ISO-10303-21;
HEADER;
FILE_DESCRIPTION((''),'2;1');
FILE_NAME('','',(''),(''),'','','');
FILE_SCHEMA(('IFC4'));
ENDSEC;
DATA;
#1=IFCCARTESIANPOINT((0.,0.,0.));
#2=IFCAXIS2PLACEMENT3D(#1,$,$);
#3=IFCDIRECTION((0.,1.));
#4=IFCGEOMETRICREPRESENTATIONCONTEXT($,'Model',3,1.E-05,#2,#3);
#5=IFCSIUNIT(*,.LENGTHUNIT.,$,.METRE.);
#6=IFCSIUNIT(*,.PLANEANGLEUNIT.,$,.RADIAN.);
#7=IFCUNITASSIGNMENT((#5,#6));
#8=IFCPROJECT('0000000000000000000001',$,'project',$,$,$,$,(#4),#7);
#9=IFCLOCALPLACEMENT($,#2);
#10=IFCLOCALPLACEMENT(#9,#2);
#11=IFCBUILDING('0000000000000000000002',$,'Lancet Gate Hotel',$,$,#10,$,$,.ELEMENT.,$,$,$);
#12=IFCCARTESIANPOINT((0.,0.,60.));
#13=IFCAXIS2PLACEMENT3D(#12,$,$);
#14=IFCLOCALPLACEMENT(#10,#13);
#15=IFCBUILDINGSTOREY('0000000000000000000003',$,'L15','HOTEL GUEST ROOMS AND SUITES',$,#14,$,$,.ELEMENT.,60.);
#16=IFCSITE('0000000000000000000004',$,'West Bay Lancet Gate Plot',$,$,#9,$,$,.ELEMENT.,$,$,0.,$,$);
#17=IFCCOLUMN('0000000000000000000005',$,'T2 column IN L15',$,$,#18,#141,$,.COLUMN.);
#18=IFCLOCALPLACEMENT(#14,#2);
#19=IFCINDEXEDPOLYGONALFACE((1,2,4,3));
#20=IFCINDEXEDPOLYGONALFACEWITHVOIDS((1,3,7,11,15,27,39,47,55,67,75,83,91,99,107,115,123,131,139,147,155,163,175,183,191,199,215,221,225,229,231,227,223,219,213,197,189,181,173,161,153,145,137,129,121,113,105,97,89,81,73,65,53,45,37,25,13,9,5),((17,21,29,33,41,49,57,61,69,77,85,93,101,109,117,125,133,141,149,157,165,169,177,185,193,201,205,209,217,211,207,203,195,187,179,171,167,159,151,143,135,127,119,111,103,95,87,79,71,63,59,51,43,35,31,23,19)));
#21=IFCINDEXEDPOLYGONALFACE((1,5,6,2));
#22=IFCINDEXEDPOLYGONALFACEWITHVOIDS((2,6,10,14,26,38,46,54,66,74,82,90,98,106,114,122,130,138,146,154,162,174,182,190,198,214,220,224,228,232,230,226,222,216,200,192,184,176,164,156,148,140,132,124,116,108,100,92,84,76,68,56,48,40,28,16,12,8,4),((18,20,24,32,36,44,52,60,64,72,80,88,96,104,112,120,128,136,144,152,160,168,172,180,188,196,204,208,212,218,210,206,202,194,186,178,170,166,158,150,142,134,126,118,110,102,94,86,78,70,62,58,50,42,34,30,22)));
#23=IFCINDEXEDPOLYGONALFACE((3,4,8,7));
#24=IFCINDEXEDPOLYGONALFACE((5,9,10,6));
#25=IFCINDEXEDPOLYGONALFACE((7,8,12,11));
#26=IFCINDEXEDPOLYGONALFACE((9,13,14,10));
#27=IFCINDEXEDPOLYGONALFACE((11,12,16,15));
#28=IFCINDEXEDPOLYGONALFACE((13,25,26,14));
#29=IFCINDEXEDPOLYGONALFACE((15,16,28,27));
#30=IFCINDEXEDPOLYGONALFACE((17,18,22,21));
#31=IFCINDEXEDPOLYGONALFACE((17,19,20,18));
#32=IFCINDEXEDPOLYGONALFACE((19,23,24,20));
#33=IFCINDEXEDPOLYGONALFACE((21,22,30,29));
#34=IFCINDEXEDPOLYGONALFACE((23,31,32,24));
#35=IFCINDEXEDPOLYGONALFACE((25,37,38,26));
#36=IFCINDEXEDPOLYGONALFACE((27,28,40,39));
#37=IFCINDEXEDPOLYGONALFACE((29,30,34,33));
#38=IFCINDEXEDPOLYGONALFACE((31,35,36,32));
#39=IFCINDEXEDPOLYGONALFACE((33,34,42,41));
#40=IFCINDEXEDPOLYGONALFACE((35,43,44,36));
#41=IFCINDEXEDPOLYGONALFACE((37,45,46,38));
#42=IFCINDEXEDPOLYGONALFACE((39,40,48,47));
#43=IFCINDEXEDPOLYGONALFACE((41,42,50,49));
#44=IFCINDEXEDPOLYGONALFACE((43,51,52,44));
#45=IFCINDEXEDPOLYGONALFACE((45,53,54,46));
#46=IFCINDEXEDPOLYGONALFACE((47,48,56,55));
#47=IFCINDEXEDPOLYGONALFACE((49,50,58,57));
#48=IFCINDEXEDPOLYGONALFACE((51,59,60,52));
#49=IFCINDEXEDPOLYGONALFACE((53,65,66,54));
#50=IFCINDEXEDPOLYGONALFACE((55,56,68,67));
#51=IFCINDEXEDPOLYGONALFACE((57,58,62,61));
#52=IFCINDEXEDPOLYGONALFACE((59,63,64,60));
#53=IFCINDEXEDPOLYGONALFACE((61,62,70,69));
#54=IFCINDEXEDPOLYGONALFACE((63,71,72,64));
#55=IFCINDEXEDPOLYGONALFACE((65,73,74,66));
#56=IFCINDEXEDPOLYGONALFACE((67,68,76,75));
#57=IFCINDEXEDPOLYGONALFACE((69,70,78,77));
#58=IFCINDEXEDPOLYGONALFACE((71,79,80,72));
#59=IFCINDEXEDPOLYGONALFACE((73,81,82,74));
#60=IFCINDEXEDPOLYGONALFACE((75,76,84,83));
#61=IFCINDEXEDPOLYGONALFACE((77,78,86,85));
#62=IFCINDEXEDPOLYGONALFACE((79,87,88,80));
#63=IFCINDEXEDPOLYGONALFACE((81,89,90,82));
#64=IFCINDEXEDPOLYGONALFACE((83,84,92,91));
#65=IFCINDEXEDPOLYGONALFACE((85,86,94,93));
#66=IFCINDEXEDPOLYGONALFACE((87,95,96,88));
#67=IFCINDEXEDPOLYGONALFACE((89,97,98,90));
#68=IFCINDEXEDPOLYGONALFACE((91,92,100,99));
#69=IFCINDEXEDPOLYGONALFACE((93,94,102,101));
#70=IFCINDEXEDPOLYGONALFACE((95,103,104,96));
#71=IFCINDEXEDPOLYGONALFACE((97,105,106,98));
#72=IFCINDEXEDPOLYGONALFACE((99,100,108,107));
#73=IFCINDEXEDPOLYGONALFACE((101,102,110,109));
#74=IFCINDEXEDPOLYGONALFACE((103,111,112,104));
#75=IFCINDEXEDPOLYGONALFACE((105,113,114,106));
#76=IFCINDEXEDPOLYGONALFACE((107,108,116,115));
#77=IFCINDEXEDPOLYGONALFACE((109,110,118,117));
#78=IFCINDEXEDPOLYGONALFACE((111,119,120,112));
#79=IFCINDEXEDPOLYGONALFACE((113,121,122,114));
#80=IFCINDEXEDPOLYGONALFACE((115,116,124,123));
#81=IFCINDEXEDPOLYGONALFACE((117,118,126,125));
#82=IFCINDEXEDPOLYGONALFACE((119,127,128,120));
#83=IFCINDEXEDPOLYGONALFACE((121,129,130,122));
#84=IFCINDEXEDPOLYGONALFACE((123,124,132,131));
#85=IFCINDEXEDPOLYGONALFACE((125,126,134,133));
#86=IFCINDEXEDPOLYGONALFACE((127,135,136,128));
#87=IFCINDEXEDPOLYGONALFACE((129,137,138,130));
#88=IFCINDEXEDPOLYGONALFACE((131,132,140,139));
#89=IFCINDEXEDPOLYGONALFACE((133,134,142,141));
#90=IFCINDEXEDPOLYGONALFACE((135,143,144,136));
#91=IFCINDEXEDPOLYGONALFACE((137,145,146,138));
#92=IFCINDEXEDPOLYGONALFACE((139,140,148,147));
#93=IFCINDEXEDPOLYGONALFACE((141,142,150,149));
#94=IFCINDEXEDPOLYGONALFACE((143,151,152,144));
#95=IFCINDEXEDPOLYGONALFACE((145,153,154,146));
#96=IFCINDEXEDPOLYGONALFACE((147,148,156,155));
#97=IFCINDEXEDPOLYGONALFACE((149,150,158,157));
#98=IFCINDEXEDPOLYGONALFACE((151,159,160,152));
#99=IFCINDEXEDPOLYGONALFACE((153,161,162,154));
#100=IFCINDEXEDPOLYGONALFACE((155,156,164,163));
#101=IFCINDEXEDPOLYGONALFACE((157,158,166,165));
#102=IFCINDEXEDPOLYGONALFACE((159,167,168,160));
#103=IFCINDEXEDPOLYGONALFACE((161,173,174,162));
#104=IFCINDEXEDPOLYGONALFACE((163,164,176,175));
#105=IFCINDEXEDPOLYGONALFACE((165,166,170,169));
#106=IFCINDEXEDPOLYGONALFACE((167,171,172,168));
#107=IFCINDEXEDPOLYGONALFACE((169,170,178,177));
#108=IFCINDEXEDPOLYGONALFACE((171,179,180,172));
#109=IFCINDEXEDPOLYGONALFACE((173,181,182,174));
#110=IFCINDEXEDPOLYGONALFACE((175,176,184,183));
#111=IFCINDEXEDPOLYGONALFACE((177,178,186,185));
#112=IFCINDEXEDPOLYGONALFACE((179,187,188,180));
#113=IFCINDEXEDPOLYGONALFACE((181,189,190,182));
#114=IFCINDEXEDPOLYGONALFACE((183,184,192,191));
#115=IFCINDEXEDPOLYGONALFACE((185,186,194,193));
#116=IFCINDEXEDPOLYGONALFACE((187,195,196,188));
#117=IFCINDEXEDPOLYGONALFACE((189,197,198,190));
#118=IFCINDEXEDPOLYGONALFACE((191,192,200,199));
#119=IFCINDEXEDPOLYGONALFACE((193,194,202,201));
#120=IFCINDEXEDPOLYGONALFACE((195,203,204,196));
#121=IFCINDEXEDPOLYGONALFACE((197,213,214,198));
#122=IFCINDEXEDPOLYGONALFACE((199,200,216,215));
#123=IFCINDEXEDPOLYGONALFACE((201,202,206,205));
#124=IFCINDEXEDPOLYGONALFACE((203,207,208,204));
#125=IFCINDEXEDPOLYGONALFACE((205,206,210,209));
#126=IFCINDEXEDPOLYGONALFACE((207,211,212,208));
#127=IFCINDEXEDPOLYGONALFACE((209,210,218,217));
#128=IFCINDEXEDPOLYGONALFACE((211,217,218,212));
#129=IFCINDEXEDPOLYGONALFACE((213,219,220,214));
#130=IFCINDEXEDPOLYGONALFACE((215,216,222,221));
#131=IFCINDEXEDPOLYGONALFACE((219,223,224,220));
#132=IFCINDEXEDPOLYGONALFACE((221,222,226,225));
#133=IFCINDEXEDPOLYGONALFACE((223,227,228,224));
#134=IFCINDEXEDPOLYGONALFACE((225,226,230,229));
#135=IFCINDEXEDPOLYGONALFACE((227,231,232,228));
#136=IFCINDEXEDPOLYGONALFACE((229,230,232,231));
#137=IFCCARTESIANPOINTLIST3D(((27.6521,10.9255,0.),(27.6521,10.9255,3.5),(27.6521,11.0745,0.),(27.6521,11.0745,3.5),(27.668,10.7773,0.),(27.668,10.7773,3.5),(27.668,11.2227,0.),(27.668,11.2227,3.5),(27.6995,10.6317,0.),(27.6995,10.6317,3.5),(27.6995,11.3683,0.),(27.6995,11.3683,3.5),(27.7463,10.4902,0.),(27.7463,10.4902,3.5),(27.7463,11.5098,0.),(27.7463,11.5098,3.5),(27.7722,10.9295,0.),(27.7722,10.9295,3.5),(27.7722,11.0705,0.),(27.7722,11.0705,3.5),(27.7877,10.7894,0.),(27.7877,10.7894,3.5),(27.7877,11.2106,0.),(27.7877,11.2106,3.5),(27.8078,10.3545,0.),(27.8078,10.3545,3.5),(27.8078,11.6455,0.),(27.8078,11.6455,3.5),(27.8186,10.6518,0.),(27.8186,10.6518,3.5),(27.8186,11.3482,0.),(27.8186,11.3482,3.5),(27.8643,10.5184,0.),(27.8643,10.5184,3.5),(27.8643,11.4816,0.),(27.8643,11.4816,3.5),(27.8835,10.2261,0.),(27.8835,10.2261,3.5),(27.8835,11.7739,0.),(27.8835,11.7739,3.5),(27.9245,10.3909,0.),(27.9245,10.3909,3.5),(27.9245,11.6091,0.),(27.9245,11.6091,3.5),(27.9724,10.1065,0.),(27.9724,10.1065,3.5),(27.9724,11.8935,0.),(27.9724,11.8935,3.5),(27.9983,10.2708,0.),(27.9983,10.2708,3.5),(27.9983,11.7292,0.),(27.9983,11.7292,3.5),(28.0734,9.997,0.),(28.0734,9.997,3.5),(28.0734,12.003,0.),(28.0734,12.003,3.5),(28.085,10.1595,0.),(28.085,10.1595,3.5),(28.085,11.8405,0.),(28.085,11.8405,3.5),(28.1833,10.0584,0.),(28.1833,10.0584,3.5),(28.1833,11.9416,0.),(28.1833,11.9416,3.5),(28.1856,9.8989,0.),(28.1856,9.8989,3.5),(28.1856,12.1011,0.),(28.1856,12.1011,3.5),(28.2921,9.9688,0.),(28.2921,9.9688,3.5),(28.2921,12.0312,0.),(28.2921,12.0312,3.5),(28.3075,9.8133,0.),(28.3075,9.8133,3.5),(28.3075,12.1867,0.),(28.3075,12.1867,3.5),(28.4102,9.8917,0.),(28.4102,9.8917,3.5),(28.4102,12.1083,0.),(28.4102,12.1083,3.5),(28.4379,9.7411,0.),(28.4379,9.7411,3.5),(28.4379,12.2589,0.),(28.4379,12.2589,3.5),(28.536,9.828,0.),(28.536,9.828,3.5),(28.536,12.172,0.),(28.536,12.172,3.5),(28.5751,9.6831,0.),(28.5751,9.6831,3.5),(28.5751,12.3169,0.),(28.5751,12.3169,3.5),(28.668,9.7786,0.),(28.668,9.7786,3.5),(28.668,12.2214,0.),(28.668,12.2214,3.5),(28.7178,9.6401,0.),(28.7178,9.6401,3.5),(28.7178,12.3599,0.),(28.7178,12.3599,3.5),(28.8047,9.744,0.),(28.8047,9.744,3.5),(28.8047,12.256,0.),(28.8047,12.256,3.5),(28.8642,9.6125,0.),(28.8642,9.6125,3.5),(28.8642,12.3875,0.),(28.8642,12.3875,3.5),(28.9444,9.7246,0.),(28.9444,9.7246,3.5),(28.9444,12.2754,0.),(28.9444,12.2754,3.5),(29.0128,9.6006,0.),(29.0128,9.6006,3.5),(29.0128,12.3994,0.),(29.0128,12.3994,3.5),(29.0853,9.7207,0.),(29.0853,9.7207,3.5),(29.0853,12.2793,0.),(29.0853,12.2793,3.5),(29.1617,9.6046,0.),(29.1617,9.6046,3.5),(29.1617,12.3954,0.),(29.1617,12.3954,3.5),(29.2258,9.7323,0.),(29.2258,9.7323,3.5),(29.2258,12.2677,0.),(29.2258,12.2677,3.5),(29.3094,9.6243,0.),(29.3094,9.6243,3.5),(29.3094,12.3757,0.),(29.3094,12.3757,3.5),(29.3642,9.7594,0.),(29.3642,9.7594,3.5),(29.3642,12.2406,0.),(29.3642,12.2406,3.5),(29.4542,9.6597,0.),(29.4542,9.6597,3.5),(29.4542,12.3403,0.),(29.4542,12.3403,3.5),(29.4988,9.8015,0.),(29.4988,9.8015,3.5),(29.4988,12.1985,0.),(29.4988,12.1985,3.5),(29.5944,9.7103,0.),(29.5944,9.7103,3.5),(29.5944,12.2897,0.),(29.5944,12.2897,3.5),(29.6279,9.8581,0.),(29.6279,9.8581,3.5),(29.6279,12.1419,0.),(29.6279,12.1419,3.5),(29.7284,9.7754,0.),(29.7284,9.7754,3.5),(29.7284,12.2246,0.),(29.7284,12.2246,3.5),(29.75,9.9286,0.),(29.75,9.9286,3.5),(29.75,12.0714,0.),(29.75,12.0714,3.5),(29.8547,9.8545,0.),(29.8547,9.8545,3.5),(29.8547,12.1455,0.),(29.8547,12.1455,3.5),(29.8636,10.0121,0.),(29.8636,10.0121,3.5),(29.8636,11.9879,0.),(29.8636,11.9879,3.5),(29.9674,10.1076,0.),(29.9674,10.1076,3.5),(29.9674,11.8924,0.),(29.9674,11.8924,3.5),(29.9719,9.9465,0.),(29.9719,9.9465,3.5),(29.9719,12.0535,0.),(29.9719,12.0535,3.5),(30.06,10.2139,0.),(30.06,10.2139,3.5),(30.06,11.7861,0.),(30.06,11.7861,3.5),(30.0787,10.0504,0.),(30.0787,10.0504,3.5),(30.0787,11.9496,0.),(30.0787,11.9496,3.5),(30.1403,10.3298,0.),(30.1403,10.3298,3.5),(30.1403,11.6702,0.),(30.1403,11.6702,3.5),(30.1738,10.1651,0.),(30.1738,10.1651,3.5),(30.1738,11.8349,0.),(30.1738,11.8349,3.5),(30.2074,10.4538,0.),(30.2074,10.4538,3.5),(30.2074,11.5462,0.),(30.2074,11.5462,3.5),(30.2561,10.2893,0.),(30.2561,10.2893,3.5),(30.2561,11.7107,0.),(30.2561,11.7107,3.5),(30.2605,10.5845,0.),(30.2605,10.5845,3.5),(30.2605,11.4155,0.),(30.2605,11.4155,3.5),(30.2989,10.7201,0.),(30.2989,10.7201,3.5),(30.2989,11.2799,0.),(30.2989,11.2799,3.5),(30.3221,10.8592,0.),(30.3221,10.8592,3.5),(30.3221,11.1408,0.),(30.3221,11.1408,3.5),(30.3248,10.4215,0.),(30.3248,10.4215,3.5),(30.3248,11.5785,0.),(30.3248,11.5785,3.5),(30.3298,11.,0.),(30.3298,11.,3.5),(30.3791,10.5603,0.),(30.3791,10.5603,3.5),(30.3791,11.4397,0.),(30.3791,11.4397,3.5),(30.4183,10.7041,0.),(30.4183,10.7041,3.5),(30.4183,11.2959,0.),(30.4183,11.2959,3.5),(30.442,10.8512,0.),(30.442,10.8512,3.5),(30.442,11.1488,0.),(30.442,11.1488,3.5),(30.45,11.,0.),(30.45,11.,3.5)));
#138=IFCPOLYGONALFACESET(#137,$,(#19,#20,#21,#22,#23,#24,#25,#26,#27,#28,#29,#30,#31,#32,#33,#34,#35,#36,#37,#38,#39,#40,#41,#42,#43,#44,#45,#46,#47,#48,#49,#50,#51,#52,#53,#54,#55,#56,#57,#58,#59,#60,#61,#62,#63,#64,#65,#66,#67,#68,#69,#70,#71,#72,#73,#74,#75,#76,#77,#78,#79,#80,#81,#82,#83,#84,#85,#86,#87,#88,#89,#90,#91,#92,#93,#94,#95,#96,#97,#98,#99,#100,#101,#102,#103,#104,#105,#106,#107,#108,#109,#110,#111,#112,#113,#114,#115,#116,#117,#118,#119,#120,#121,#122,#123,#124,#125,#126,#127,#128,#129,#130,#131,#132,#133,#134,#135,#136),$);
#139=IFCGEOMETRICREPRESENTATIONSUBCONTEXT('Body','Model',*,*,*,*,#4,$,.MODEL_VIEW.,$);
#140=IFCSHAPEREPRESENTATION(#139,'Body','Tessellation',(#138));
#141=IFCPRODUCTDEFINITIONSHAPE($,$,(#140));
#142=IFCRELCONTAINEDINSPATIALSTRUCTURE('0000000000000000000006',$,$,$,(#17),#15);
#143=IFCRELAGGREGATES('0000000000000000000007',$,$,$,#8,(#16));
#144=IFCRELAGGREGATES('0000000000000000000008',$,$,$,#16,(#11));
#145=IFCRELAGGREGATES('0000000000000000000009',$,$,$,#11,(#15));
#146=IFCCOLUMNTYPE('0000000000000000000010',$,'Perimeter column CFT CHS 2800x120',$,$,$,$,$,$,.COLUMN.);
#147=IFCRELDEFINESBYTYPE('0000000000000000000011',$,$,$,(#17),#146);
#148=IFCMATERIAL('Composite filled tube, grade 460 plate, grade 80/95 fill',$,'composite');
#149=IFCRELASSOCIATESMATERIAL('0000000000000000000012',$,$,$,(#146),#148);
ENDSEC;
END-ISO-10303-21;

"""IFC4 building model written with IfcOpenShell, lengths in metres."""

from ifc_helpers import new_model, si_unit, direction, frame, origin, origin_2d, place, context, subcontext, project, spatial, hollow_circle, extrude, material, material_profile, profile_set, type_object, element, save


model = new_model("IFC4")

# Units and contexts
model_context = context("Model", 3, precision=1e-05, world=origin(), true_north=direction((0.0, 1.0)))
body_context = subcontext(model_context, "Body", "Model", "MODEL_VIEW")
ifc_project = project(units=[si_unit("LENGTHUNIT", "METRE"), si_unit("PLANEANGLEUNIT", "RADIAN")], contexts=[model_context])

# Site, building, storey
site_placement = place(None, origin())
site = spatial("IfcSite", under=ifc_project, at=site_placement, Name="West Bay Lancet Gate Plot", CompositionType="ELEMENT", RefElevation=0.0)
building_placement = place(site_placement, origin())
building = spatial("IfcBuilding", under=site, at=building_placement, Name="Lancet Gate Hotel", CompositionType="ELEMENT")
storey_placement = place(building_placement, frame((0.0, 0.0, 60.0)))
storey = spatial("IfcBuildingStorey", under=building, at=storey_placement, Name="L15", Description="HOTEL GUEST ROOMS AND SUITES", CompositionType="ELEMENT", Elevation=60.0)

# Column
ifc_material_1 = material(Name="Composite filled tube, grade 460 plate, grade 80/95 fill", Category="composite")
ifc_material_profile_1 = material_profile(ifc_material_1, hollow_circle(Radius=1.3999, WallThickness=0.1201, at=origin_2d()), Name="CHS 2800x120")
ifc_profile_set_1 = profile_set([ifc_material_profile_1], Name="Composite filled tube, grade 460 plate, grade 80/95 fill")
column_type = type_object("IfcColumnType", Name="Perimeter column CFT CHS 2800x120", PredefinedType="COLUMN", material=ifc_profile_set_1)
for number, where, z_axis, x_axis, name in (
    (1, (29.05, 11.0, 0.0), (0.0, 0.0, 1.0), (1.0, 0.0, 0.0), "T2 column IN L15"),
):
    element("IfcColumn", number, at=place(storey_placement, frame(where, z_axis=z_axis, x_axis=x_axis)), inside=storey, type_object=column_type, Name=name, PredefinedType="COLUMN", context=body_context, shape_type="SweptSolid", body=[
        extrude(hollow_circle(Radius=1.3999, WallThickness=0.1201, at=origin_2d()), origin(), (0.0, 0.0, 1.0), 3.5),
    ])

save(model, "model.ifc")
